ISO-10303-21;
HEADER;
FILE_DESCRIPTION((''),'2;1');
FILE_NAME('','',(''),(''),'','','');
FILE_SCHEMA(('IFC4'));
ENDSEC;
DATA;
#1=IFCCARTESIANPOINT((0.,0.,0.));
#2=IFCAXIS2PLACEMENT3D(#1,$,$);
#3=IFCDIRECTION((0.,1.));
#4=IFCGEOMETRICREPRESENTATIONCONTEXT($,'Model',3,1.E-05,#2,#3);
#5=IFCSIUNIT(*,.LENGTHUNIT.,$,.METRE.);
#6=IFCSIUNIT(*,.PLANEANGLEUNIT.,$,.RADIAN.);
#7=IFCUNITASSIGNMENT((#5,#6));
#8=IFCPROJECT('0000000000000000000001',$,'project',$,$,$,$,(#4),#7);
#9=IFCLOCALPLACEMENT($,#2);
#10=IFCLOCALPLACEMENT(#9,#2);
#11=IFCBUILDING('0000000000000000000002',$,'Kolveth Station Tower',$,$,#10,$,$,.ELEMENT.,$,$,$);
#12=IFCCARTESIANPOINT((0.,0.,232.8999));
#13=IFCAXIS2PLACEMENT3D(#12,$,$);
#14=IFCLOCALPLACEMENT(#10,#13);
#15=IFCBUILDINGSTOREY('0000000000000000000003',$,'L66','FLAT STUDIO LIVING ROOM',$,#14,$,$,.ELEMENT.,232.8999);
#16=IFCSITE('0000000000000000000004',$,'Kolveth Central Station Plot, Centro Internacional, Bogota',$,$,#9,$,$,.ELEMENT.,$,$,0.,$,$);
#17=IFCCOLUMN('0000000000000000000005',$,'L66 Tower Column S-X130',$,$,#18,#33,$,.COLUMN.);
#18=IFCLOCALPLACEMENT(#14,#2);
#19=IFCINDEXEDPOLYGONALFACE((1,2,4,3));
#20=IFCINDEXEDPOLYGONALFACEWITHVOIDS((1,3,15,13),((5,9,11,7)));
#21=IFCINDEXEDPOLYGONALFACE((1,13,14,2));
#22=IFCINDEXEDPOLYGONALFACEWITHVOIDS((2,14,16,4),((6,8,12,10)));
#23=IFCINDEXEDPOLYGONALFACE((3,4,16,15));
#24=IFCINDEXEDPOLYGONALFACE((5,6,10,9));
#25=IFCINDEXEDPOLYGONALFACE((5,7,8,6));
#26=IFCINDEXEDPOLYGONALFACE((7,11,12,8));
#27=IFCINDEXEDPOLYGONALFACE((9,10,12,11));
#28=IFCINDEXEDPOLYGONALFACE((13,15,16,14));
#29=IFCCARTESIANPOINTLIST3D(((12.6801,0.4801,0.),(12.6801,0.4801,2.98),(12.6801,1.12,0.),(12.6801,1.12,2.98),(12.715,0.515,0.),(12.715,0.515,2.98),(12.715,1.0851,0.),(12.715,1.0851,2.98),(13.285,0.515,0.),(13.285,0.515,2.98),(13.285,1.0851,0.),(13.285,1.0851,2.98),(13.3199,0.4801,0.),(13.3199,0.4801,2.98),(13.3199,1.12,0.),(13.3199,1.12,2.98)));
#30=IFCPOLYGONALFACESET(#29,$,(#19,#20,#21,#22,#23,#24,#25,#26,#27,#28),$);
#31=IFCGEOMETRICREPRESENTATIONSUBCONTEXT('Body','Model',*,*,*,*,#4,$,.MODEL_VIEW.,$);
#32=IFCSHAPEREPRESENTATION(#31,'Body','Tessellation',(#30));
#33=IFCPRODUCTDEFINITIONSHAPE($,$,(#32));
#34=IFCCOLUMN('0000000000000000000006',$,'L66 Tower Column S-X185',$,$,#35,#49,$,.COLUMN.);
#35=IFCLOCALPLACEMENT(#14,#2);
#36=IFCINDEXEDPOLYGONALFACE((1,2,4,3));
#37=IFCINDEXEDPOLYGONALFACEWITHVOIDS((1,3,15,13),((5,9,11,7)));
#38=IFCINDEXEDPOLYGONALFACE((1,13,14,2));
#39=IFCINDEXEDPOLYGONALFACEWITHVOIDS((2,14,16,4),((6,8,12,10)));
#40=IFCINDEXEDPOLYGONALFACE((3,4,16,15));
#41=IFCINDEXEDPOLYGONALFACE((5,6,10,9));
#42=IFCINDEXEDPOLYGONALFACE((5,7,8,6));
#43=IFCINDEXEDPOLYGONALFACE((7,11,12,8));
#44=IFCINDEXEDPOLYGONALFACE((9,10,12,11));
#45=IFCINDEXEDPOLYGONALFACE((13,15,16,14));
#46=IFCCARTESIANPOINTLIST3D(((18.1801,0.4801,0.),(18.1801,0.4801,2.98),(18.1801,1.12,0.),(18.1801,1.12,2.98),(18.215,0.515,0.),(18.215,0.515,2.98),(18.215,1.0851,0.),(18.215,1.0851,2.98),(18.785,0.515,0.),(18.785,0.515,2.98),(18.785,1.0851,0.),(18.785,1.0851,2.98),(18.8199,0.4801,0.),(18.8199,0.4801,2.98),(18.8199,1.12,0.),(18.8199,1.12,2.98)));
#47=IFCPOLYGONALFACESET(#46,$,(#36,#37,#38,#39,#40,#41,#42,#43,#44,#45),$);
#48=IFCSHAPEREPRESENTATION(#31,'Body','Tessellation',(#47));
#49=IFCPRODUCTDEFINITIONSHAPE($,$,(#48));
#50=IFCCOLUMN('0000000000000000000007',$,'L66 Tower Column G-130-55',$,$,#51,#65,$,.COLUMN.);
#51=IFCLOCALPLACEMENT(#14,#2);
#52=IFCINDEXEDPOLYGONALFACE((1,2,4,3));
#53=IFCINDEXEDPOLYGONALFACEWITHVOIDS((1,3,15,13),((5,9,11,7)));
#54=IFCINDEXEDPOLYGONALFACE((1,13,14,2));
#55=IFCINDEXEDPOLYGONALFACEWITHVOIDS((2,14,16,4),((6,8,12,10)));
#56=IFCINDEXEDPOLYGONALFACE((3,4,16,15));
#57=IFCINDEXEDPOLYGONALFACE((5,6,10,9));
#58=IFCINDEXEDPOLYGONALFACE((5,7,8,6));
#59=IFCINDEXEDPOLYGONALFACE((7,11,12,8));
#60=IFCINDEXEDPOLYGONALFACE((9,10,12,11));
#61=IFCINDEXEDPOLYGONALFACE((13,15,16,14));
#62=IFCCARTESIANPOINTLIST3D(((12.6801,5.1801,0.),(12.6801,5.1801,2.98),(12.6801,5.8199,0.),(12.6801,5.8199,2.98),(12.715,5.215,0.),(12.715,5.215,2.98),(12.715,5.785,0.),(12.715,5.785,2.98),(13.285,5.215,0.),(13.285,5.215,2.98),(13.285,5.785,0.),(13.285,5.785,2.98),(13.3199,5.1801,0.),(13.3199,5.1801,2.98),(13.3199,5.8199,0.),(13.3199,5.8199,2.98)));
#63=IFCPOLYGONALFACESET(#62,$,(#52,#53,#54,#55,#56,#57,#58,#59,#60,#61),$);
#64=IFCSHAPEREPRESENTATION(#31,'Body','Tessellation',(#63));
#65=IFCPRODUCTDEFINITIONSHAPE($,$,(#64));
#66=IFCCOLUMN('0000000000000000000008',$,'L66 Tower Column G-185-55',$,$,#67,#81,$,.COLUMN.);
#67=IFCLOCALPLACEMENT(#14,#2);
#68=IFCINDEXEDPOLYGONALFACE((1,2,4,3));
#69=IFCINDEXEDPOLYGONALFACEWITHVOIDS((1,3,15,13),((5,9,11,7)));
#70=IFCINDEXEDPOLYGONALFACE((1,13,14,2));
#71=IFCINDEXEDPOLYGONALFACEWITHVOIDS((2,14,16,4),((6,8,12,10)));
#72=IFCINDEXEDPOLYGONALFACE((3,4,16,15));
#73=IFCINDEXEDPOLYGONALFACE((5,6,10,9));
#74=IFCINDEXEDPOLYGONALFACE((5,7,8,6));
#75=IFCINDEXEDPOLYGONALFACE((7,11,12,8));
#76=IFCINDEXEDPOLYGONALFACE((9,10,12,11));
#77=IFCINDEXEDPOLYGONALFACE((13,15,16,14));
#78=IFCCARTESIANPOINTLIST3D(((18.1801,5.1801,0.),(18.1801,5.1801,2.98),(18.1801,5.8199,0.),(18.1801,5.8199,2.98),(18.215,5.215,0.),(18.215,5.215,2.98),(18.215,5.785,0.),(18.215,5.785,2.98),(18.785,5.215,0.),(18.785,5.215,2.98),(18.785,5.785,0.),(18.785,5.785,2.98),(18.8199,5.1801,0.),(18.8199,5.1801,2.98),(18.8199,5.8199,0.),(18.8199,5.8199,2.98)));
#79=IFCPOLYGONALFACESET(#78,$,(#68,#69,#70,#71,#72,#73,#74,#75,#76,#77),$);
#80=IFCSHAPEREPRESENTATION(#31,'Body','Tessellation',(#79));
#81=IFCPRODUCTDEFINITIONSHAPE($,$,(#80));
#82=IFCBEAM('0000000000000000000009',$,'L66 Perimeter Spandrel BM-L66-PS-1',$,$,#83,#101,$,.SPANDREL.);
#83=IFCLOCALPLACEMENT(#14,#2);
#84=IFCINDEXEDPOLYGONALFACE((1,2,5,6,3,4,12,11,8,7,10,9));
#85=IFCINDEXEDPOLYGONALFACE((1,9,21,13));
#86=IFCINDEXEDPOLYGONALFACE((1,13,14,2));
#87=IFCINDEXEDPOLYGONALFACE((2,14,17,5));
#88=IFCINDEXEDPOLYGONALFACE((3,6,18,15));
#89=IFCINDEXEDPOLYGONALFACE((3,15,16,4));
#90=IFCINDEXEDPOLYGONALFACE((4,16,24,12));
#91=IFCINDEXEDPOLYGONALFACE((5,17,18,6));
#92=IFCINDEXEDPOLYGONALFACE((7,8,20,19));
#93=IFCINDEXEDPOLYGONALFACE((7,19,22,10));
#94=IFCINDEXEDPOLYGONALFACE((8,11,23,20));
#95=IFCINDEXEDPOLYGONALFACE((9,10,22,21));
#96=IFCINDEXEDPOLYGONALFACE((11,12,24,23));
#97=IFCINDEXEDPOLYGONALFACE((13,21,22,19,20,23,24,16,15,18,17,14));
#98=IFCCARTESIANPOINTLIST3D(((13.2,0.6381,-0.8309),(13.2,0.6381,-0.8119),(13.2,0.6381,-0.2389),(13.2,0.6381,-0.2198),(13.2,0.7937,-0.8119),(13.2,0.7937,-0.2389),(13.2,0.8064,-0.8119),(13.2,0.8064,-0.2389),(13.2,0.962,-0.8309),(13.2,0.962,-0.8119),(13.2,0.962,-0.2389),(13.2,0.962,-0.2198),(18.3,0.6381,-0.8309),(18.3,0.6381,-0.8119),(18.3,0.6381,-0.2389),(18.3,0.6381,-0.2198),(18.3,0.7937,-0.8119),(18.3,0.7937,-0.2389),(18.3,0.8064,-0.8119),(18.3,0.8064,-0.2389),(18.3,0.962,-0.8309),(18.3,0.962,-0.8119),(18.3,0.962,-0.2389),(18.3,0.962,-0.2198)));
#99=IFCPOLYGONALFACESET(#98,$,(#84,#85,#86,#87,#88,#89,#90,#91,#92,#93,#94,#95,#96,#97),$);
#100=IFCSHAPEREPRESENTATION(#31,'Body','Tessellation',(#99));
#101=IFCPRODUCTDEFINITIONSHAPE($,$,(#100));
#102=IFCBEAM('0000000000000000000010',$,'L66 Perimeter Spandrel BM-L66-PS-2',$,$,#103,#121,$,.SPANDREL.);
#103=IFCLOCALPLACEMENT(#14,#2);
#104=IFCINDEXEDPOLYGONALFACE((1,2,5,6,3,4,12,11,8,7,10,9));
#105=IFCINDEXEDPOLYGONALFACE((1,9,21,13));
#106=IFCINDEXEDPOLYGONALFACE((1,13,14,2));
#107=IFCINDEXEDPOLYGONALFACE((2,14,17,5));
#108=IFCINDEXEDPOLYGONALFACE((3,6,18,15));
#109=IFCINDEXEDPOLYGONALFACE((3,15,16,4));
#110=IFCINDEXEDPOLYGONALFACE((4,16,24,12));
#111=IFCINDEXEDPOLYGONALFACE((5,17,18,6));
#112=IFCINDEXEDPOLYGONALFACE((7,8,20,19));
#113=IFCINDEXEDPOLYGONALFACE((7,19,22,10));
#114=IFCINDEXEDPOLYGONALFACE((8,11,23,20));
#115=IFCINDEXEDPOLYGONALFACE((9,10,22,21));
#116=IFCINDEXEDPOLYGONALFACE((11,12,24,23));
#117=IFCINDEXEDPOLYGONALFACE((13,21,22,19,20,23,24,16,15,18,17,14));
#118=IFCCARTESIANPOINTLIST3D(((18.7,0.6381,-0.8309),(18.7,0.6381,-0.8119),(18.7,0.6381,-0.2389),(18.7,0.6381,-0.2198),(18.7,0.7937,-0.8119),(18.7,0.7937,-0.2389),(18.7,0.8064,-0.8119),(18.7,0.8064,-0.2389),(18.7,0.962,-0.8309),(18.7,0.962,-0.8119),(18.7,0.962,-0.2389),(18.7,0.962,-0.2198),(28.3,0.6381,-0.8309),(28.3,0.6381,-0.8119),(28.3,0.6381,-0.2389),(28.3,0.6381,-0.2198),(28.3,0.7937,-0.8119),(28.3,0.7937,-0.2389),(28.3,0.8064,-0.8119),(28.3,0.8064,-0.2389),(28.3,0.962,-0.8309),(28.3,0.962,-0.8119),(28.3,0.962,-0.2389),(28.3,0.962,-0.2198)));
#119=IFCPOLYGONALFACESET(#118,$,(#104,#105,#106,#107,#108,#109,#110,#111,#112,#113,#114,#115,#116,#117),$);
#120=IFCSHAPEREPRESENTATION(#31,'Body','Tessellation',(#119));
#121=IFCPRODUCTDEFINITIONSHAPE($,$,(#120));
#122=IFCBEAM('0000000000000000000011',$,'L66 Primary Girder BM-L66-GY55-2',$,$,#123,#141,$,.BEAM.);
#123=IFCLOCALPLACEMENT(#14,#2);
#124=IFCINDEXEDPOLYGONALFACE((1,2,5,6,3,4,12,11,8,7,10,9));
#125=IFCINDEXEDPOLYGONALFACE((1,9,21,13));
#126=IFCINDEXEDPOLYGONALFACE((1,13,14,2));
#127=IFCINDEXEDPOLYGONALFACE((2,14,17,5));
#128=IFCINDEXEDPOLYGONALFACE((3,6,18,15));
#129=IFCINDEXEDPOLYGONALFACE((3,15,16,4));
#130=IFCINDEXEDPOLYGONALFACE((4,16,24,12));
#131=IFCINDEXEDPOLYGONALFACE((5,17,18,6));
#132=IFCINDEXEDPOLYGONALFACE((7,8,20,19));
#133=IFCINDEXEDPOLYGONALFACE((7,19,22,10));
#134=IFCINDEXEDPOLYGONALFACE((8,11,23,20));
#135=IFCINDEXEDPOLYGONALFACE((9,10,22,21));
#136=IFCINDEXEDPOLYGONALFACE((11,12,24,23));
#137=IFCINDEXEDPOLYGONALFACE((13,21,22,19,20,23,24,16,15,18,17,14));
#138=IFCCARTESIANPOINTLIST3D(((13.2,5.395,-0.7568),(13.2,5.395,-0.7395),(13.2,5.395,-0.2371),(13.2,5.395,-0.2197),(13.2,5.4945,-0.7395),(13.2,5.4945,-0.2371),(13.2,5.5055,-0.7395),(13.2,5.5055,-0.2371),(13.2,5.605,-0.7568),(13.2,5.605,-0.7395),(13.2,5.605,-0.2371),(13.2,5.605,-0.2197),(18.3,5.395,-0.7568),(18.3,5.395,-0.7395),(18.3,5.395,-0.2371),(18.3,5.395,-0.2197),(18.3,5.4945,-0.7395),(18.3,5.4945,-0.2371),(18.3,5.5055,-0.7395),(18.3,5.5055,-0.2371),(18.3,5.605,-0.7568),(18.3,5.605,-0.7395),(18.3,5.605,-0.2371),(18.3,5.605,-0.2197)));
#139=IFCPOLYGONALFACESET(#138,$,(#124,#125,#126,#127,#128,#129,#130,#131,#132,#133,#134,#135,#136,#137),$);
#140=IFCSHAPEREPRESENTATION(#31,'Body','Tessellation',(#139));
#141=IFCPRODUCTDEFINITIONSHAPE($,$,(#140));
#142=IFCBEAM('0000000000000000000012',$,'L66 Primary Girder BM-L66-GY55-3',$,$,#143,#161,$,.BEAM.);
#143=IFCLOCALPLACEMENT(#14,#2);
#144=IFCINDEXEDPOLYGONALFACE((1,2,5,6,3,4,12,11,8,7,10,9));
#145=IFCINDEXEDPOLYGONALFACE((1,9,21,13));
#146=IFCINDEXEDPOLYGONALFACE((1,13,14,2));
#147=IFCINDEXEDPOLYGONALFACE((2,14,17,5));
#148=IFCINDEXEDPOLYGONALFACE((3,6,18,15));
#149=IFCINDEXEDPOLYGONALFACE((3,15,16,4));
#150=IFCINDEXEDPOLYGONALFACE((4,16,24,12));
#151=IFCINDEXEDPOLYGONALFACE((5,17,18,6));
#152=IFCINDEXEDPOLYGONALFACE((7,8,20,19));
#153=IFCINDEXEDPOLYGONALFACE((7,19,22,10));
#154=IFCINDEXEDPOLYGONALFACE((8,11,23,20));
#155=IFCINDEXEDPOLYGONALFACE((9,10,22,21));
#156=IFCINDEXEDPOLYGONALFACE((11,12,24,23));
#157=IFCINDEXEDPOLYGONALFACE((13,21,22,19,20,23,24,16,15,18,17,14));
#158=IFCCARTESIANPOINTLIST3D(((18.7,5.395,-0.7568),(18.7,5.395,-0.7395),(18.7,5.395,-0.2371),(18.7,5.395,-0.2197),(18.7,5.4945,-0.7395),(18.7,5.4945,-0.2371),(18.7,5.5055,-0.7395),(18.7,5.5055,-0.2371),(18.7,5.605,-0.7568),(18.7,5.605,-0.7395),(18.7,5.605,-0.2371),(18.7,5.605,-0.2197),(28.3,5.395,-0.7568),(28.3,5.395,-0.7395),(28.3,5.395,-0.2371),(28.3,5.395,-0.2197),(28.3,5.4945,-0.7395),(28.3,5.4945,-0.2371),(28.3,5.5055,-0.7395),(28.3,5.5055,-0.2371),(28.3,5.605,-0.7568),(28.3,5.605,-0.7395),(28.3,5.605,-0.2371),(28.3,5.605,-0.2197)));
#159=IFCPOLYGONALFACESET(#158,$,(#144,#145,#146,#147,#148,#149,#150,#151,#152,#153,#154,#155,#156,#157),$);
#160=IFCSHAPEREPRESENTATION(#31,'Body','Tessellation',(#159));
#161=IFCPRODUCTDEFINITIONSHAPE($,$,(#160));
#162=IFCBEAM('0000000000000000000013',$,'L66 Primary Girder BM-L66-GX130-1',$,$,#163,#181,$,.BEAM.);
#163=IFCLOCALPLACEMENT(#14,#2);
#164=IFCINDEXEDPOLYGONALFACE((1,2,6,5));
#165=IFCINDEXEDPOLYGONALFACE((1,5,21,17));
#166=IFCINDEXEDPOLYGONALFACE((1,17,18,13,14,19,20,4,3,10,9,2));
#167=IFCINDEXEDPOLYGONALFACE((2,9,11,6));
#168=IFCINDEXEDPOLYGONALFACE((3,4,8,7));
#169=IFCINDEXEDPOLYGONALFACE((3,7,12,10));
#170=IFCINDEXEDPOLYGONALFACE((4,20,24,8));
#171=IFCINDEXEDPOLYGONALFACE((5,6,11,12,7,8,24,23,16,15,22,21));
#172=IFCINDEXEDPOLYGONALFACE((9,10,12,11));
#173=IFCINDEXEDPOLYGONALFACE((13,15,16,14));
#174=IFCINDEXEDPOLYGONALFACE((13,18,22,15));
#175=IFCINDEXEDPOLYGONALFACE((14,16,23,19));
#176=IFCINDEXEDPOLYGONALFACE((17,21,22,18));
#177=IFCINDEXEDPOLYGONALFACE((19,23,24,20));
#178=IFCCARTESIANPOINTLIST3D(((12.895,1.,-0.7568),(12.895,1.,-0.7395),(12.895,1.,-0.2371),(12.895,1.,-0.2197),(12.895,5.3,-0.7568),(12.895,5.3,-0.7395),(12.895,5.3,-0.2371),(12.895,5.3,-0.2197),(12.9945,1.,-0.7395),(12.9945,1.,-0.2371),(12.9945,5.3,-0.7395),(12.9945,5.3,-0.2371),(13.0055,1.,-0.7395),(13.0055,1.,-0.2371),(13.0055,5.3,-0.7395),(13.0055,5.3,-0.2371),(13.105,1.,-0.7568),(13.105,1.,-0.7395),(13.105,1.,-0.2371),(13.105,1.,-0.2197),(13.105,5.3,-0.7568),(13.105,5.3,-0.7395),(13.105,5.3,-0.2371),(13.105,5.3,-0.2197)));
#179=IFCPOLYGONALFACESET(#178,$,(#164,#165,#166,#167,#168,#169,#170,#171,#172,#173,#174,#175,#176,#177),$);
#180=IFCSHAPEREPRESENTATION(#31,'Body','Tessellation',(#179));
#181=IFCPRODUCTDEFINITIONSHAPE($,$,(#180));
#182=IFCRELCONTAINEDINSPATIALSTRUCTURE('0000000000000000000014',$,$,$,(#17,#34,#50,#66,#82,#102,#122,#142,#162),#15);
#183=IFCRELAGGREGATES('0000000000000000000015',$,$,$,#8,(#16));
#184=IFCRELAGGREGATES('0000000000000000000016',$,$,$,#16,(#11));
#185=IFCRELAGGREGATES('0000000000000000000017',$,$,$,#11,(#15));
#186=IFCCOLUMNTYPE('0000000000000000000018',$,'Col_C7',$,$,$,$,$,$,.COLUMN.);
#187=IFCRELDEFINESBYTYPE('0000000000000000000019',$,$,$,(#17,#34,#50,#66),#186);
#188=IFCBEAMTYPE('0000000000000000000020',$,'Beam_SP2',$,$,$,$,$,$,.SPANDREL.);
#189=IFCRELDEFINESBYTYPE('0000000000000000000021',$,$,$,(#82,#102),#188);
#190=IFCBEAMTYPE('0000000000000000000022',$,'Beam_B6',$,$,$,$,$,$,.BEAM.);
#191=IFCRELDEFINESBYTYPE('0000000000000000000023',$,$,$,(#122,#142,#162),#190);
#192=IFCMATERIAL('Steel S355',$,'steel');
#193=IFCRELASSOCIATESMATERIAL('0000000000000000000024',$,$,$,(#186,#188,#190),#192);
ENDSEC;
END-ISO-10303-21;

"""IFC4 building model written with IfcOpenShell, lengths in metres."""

from ifc_helpers import new_model, si_unit, direction, frame, origin, origin_2d, place, context, subcontext, project, spatial, hollow_rectangle, i_section, extrude, source, transform, mapped, material, material_profile, profile_set, type_object, element, save


model = new_model("IFC4")

# Units and contexts
model_context = context("Model", 3, precision=1e-05, world=origin(), true_north=direction((0.0, 1.0)))
body_context = subcontext(model_context, "Body", "Model", "MODEL_VIEW")
ifc_project = project(units=[si_unit("LENGTHUNIT", "METRE"), si_unit("PLANEANGLEUNIT", "RADIAN")], contexts=[model_context])

# Site, building, storey
site_placement = place(None, origin())
site = spatial("IfcSite", under=ifc_project, at=site_placement, Name="Kolveth Central Station Plot, Centro Internacional, Bogota", CompositionType="ELEMENT", RefElevation=0.0)
building_placement = place(site_placement, origin())
building = spatial("IfcBuilding", under=site, at=building_placement, Name="Kolveth Station Tower", CompositionType="ELEMENT")
storey_placement = place(building_placement, frame((0.0, 0.0, 232.8999)))
storey = spatial("IfcBuildingStorey", under=building, at=storey_placement, Name="L66", Description="FLAT STUDIO LIVING ROOM", CompositionType="ELEMENT", Elevation=232.8999)

# Columns
ifc_material_1 = material(Name="Steel S355", Category="steel")
ifc_material_profile_1 = material_profile(ifc_material_1, hollow_rectangle(XDim=0.6399, YDim=0.6399, WallThickness=0.0349, at=origin_2d()), Name="BOX640x640x35")
ifc_profile_set_1 = profile_set([ifc_material_profile_1], Name="Steel S355")
column_type = type_object("IfcColumnType", Name="Col_C7", PredefinedType="COLUMN", material=ifc_profile_set_1)
shared_shape_1 = source(origin(), body_context, "Body", "SweptSolid", [
    extrude(hollow_rectangle(XDim=0.6399, YDim=0.6399, WallThickness=0.0349, at=origin_2d()), origin(), (0.0, 0.0, 1.0), 2.98),
])
for number, where, z_axis, x_axis, name in (
    (1, (13.0, 0.8, 0.0), (0.0, 0.0, 1.0), (1.0, 0.0, 0.0), "L66 Tower Column S-X130"),
    (2, (18.5, 0.8, 0.0), (0.0, 0.0, 1.0), (1.0, 0.0, 0.0), "L66 Tower Column S-X185"),
    (3, (13.0, 5.5, 0.0), (0.0, 0.0, 1.0), (1.0, 0.0, 0.0), "L66 Tower Column G-130-55"),
    (4, (18.5, 5.5, 0.0), (0.0, 0.0, 1.0), (1.0, 0.0, 0.0), "L66 Tower Column G-185-55"),
):
    element("IfcColumn", number, at=place(storey_placement, frame(where, z_axis=z_axis, x_axis=x_axis)), inside=storey, type_object=column_type, Name=name, PredefinedType="COLUMN", context=body_context, shape_type="MappedRepresentation", body=[
        mapped(shared_shape_1, transform((0.0, 0.0, 0.0), x_axis=(1.0, 0.0, 0.0), y_axis=(0.0, 1.0, 0.0), z_axis=(0.0, 0.0, 1.0), scale=1.0)),
    ])

# Beams
ifc_material_profile_2 = material_profile(ifc_material_1, i_section(OverallWidth=0.324, OverallDepth=0.6111, WebThickness=0.0127, FlangeThickness=0.019, at=origin_2d()), Name="W610x155")
ifc_profile_set_2 = profile_set([ifc_material_profile_2], Name="Steel S355")
beam_type_1 = type_object("IfcBeamType", Name="Beam_SP2", PredefinedType="SPANDREL", material=ifc_profile_set_2)
shared_shape_2 = source(origin(), body_context, "Body", "SweptSolid", [
    extrude(i_section(OverallWidth=0.324, OverallDepth=0.6111, WebThickness=0.0127, FlangeThickness=0.019, at=origin_2d()), origin(), (0.0, 0.0, 1.0), 5.1001),
])
beam_1_placement = place(storey_placement, frame((13.2, 0.8, -0.5254), z_axis=(1.0, 0.0, 0.0), x_axis=(0.0, 1.0, 0.0)))
element("IfcBeam", 5, at=beam_1_placement, inside=storey, type_object=beam_type_1, Name="L66 Perimeter Spandrel BM-L66-PS-1", PredefinedType="SPANDREL", context=body_context, shape_type="MappedRepresentation", body=[
    mapped(shared_shape_2, transform((0.0, 0.0, 0.0), x_axis=(1.0, 0.0, 0.0), y_axis=(0.0, 1.0, 0.0), z_axis=(0.0, 0.0, 1.0), scale=1.0)),
])
shared_shape_3 = source(origin(), body_context, "Body", "SweptSolid", [
    extrude(i_section(OverallWidth=0.324, OverallDepth=0.6111, WebThickness=0.0127, FlangeThickness=0.019, at=origin_2d()), origin(), (0.0, 0.0, 1.0), 9.6001),
])
beam_2_placement = place(storey_placement, frame((18.7, 0.8, -0.5254), z_axis=(1.0, 0.0, 0.0), x_axis=(0.0, 1.0, 0.0)))
element("IfcBeam", 6, at=beam_2_placement, inside=storey, type_object=beam_type_1, Name="L66 Perimeter Spandrel BM-L66-PS-2", PredefinedType="SPANDREL", context=body_context, shape_type="MappedRepresentation", body=[
    mapped(shared_shape_3, transform((0.0, 0.0, 0.0), x_axis=(1.0, 0.0, 0.0), y_axis=(0.0, 1.0, 0.0), z_axis=(0.0, 0.0, 1.0), scale=1.0)),
])
ifc_material_profile_3 = material_profile(ifc_material_1, i_section(OverallWidth=0.21, OverallDepth=0.5371, WebThickness=0.011, FlangeThickness=0.0173, at=origin_2d()), Name="W530x101")
ifc_profile_set_3 = profile_set([ifc_material_profile_3], Name="Steel S355")
beam_type_2 = type_object("IfcBeamType", Name="Beam_B6", PredefinedType="BEAM", material=ifc_profile_set_3)
shared_shape_4 = source(origin(), body_context, "Body", "SweptSolid", [
    extrude(i_section(OverallWidth=0.21, OverallDepth=0.5371, WebThickness=0.011, FlangeThickness=0.0173, at=origin_2d()), origin(), (0.0, 0.0, 1.0), 5.1001),
])
beam_3_placement = place(storey_placement, frame((13.2, 5.5, -0.4883), z_axis=(1.0, 0.0, 0.0), x_axis=(0.0, 1.0, 0.0)))
element("IfcBeam", 7, at=beam_3_placement, inside=storey, type_object=beam_type_2, Name="L66 Primary Girder BM-L66-GY55-2", PredefinedType="BEAM", context=body_context, shape_type="MappedRepresentation", body=[
    mapped(shared_shape_4, transform((0.0, 0.0, 0.0), x_axis=(1.0, 0.0, 0.0), y_axis=(0.0, 1.0, 0.0), z_axis=(0.0, 0.0, 1.0), scale=1.0)),
])
shared_shape_5 = source(origin(), body_context, "Body", "SweptSolid", [
    extrude(i_section(OverallWidth=0.21, OverallDepth=0.5371, WebThickness=0.011, FlangeThickness=0.0173, at=origin_2d()), origin(), (0.0, 0.0, 1.0), 9.6001),
])
beam_4_placement = place(storey_placement, frame((18.7, 5.5, -0.4883), z_axis=(1.0, 0.0, 0.0), x_axis=(0.0, 1.0, 0.0)))
element("IfcBeam", 8, at=beam_4_placement, inside=storey, type_object=beam_type_2, Name="L66 Primary Girder BM-L66-GY55-3", PredefinedType="BEAM", context=body_context, shape_type="MappedRepresentation", body=[
    mapped(shared_shape_5, transform((0.0, 0.0, 0.0), x_axis=(1.0, 0.0, 0.0), y_axis=(0.0, 1.0, 0.0), z_axis=(0.0, 0.0, 1.0), scale=1.0)),
])
shared_shape_6 = source(origin(), body_context, "Body", "SweptSolid", [
    extrude(i_section(OverallWidth=0.21, OverallDepth=0.5371, WebThickness=0.011, FlangeThickness=0.0173, at=origin_2d()), origin(), (0.0, 0.0, 1.0), 4.3),
])
for number, where, z_axis, x_axis, name in (
    (9, (13.0, 1.0, -0.4883), (0.0, 1.0, 0.0), (-1.0, 0.0, 0.0), "L66 Primary Girder BM-L66-GX130-1"),
):
    element("IfcBeam", number, at=place(storey_placement, frame(where, z_axis=z_axis, x_axis=x_axis)), inside=storey, type_object=beam_type_2, Name=name, PredefinedType="BEAM", context=body_context, shape_type="MappedRepresentation", body=[
        mapped(shared_shape_6, transform((0.0, 0.0, 0.0), x_axis=(1.0, 0.0, 0.0), y_axis=(0.0, 1.0, 0.0), z_axis=(0.0, 0.0, 1.0), scale=1.0)),
    ])

save(model, "model.ifc")
